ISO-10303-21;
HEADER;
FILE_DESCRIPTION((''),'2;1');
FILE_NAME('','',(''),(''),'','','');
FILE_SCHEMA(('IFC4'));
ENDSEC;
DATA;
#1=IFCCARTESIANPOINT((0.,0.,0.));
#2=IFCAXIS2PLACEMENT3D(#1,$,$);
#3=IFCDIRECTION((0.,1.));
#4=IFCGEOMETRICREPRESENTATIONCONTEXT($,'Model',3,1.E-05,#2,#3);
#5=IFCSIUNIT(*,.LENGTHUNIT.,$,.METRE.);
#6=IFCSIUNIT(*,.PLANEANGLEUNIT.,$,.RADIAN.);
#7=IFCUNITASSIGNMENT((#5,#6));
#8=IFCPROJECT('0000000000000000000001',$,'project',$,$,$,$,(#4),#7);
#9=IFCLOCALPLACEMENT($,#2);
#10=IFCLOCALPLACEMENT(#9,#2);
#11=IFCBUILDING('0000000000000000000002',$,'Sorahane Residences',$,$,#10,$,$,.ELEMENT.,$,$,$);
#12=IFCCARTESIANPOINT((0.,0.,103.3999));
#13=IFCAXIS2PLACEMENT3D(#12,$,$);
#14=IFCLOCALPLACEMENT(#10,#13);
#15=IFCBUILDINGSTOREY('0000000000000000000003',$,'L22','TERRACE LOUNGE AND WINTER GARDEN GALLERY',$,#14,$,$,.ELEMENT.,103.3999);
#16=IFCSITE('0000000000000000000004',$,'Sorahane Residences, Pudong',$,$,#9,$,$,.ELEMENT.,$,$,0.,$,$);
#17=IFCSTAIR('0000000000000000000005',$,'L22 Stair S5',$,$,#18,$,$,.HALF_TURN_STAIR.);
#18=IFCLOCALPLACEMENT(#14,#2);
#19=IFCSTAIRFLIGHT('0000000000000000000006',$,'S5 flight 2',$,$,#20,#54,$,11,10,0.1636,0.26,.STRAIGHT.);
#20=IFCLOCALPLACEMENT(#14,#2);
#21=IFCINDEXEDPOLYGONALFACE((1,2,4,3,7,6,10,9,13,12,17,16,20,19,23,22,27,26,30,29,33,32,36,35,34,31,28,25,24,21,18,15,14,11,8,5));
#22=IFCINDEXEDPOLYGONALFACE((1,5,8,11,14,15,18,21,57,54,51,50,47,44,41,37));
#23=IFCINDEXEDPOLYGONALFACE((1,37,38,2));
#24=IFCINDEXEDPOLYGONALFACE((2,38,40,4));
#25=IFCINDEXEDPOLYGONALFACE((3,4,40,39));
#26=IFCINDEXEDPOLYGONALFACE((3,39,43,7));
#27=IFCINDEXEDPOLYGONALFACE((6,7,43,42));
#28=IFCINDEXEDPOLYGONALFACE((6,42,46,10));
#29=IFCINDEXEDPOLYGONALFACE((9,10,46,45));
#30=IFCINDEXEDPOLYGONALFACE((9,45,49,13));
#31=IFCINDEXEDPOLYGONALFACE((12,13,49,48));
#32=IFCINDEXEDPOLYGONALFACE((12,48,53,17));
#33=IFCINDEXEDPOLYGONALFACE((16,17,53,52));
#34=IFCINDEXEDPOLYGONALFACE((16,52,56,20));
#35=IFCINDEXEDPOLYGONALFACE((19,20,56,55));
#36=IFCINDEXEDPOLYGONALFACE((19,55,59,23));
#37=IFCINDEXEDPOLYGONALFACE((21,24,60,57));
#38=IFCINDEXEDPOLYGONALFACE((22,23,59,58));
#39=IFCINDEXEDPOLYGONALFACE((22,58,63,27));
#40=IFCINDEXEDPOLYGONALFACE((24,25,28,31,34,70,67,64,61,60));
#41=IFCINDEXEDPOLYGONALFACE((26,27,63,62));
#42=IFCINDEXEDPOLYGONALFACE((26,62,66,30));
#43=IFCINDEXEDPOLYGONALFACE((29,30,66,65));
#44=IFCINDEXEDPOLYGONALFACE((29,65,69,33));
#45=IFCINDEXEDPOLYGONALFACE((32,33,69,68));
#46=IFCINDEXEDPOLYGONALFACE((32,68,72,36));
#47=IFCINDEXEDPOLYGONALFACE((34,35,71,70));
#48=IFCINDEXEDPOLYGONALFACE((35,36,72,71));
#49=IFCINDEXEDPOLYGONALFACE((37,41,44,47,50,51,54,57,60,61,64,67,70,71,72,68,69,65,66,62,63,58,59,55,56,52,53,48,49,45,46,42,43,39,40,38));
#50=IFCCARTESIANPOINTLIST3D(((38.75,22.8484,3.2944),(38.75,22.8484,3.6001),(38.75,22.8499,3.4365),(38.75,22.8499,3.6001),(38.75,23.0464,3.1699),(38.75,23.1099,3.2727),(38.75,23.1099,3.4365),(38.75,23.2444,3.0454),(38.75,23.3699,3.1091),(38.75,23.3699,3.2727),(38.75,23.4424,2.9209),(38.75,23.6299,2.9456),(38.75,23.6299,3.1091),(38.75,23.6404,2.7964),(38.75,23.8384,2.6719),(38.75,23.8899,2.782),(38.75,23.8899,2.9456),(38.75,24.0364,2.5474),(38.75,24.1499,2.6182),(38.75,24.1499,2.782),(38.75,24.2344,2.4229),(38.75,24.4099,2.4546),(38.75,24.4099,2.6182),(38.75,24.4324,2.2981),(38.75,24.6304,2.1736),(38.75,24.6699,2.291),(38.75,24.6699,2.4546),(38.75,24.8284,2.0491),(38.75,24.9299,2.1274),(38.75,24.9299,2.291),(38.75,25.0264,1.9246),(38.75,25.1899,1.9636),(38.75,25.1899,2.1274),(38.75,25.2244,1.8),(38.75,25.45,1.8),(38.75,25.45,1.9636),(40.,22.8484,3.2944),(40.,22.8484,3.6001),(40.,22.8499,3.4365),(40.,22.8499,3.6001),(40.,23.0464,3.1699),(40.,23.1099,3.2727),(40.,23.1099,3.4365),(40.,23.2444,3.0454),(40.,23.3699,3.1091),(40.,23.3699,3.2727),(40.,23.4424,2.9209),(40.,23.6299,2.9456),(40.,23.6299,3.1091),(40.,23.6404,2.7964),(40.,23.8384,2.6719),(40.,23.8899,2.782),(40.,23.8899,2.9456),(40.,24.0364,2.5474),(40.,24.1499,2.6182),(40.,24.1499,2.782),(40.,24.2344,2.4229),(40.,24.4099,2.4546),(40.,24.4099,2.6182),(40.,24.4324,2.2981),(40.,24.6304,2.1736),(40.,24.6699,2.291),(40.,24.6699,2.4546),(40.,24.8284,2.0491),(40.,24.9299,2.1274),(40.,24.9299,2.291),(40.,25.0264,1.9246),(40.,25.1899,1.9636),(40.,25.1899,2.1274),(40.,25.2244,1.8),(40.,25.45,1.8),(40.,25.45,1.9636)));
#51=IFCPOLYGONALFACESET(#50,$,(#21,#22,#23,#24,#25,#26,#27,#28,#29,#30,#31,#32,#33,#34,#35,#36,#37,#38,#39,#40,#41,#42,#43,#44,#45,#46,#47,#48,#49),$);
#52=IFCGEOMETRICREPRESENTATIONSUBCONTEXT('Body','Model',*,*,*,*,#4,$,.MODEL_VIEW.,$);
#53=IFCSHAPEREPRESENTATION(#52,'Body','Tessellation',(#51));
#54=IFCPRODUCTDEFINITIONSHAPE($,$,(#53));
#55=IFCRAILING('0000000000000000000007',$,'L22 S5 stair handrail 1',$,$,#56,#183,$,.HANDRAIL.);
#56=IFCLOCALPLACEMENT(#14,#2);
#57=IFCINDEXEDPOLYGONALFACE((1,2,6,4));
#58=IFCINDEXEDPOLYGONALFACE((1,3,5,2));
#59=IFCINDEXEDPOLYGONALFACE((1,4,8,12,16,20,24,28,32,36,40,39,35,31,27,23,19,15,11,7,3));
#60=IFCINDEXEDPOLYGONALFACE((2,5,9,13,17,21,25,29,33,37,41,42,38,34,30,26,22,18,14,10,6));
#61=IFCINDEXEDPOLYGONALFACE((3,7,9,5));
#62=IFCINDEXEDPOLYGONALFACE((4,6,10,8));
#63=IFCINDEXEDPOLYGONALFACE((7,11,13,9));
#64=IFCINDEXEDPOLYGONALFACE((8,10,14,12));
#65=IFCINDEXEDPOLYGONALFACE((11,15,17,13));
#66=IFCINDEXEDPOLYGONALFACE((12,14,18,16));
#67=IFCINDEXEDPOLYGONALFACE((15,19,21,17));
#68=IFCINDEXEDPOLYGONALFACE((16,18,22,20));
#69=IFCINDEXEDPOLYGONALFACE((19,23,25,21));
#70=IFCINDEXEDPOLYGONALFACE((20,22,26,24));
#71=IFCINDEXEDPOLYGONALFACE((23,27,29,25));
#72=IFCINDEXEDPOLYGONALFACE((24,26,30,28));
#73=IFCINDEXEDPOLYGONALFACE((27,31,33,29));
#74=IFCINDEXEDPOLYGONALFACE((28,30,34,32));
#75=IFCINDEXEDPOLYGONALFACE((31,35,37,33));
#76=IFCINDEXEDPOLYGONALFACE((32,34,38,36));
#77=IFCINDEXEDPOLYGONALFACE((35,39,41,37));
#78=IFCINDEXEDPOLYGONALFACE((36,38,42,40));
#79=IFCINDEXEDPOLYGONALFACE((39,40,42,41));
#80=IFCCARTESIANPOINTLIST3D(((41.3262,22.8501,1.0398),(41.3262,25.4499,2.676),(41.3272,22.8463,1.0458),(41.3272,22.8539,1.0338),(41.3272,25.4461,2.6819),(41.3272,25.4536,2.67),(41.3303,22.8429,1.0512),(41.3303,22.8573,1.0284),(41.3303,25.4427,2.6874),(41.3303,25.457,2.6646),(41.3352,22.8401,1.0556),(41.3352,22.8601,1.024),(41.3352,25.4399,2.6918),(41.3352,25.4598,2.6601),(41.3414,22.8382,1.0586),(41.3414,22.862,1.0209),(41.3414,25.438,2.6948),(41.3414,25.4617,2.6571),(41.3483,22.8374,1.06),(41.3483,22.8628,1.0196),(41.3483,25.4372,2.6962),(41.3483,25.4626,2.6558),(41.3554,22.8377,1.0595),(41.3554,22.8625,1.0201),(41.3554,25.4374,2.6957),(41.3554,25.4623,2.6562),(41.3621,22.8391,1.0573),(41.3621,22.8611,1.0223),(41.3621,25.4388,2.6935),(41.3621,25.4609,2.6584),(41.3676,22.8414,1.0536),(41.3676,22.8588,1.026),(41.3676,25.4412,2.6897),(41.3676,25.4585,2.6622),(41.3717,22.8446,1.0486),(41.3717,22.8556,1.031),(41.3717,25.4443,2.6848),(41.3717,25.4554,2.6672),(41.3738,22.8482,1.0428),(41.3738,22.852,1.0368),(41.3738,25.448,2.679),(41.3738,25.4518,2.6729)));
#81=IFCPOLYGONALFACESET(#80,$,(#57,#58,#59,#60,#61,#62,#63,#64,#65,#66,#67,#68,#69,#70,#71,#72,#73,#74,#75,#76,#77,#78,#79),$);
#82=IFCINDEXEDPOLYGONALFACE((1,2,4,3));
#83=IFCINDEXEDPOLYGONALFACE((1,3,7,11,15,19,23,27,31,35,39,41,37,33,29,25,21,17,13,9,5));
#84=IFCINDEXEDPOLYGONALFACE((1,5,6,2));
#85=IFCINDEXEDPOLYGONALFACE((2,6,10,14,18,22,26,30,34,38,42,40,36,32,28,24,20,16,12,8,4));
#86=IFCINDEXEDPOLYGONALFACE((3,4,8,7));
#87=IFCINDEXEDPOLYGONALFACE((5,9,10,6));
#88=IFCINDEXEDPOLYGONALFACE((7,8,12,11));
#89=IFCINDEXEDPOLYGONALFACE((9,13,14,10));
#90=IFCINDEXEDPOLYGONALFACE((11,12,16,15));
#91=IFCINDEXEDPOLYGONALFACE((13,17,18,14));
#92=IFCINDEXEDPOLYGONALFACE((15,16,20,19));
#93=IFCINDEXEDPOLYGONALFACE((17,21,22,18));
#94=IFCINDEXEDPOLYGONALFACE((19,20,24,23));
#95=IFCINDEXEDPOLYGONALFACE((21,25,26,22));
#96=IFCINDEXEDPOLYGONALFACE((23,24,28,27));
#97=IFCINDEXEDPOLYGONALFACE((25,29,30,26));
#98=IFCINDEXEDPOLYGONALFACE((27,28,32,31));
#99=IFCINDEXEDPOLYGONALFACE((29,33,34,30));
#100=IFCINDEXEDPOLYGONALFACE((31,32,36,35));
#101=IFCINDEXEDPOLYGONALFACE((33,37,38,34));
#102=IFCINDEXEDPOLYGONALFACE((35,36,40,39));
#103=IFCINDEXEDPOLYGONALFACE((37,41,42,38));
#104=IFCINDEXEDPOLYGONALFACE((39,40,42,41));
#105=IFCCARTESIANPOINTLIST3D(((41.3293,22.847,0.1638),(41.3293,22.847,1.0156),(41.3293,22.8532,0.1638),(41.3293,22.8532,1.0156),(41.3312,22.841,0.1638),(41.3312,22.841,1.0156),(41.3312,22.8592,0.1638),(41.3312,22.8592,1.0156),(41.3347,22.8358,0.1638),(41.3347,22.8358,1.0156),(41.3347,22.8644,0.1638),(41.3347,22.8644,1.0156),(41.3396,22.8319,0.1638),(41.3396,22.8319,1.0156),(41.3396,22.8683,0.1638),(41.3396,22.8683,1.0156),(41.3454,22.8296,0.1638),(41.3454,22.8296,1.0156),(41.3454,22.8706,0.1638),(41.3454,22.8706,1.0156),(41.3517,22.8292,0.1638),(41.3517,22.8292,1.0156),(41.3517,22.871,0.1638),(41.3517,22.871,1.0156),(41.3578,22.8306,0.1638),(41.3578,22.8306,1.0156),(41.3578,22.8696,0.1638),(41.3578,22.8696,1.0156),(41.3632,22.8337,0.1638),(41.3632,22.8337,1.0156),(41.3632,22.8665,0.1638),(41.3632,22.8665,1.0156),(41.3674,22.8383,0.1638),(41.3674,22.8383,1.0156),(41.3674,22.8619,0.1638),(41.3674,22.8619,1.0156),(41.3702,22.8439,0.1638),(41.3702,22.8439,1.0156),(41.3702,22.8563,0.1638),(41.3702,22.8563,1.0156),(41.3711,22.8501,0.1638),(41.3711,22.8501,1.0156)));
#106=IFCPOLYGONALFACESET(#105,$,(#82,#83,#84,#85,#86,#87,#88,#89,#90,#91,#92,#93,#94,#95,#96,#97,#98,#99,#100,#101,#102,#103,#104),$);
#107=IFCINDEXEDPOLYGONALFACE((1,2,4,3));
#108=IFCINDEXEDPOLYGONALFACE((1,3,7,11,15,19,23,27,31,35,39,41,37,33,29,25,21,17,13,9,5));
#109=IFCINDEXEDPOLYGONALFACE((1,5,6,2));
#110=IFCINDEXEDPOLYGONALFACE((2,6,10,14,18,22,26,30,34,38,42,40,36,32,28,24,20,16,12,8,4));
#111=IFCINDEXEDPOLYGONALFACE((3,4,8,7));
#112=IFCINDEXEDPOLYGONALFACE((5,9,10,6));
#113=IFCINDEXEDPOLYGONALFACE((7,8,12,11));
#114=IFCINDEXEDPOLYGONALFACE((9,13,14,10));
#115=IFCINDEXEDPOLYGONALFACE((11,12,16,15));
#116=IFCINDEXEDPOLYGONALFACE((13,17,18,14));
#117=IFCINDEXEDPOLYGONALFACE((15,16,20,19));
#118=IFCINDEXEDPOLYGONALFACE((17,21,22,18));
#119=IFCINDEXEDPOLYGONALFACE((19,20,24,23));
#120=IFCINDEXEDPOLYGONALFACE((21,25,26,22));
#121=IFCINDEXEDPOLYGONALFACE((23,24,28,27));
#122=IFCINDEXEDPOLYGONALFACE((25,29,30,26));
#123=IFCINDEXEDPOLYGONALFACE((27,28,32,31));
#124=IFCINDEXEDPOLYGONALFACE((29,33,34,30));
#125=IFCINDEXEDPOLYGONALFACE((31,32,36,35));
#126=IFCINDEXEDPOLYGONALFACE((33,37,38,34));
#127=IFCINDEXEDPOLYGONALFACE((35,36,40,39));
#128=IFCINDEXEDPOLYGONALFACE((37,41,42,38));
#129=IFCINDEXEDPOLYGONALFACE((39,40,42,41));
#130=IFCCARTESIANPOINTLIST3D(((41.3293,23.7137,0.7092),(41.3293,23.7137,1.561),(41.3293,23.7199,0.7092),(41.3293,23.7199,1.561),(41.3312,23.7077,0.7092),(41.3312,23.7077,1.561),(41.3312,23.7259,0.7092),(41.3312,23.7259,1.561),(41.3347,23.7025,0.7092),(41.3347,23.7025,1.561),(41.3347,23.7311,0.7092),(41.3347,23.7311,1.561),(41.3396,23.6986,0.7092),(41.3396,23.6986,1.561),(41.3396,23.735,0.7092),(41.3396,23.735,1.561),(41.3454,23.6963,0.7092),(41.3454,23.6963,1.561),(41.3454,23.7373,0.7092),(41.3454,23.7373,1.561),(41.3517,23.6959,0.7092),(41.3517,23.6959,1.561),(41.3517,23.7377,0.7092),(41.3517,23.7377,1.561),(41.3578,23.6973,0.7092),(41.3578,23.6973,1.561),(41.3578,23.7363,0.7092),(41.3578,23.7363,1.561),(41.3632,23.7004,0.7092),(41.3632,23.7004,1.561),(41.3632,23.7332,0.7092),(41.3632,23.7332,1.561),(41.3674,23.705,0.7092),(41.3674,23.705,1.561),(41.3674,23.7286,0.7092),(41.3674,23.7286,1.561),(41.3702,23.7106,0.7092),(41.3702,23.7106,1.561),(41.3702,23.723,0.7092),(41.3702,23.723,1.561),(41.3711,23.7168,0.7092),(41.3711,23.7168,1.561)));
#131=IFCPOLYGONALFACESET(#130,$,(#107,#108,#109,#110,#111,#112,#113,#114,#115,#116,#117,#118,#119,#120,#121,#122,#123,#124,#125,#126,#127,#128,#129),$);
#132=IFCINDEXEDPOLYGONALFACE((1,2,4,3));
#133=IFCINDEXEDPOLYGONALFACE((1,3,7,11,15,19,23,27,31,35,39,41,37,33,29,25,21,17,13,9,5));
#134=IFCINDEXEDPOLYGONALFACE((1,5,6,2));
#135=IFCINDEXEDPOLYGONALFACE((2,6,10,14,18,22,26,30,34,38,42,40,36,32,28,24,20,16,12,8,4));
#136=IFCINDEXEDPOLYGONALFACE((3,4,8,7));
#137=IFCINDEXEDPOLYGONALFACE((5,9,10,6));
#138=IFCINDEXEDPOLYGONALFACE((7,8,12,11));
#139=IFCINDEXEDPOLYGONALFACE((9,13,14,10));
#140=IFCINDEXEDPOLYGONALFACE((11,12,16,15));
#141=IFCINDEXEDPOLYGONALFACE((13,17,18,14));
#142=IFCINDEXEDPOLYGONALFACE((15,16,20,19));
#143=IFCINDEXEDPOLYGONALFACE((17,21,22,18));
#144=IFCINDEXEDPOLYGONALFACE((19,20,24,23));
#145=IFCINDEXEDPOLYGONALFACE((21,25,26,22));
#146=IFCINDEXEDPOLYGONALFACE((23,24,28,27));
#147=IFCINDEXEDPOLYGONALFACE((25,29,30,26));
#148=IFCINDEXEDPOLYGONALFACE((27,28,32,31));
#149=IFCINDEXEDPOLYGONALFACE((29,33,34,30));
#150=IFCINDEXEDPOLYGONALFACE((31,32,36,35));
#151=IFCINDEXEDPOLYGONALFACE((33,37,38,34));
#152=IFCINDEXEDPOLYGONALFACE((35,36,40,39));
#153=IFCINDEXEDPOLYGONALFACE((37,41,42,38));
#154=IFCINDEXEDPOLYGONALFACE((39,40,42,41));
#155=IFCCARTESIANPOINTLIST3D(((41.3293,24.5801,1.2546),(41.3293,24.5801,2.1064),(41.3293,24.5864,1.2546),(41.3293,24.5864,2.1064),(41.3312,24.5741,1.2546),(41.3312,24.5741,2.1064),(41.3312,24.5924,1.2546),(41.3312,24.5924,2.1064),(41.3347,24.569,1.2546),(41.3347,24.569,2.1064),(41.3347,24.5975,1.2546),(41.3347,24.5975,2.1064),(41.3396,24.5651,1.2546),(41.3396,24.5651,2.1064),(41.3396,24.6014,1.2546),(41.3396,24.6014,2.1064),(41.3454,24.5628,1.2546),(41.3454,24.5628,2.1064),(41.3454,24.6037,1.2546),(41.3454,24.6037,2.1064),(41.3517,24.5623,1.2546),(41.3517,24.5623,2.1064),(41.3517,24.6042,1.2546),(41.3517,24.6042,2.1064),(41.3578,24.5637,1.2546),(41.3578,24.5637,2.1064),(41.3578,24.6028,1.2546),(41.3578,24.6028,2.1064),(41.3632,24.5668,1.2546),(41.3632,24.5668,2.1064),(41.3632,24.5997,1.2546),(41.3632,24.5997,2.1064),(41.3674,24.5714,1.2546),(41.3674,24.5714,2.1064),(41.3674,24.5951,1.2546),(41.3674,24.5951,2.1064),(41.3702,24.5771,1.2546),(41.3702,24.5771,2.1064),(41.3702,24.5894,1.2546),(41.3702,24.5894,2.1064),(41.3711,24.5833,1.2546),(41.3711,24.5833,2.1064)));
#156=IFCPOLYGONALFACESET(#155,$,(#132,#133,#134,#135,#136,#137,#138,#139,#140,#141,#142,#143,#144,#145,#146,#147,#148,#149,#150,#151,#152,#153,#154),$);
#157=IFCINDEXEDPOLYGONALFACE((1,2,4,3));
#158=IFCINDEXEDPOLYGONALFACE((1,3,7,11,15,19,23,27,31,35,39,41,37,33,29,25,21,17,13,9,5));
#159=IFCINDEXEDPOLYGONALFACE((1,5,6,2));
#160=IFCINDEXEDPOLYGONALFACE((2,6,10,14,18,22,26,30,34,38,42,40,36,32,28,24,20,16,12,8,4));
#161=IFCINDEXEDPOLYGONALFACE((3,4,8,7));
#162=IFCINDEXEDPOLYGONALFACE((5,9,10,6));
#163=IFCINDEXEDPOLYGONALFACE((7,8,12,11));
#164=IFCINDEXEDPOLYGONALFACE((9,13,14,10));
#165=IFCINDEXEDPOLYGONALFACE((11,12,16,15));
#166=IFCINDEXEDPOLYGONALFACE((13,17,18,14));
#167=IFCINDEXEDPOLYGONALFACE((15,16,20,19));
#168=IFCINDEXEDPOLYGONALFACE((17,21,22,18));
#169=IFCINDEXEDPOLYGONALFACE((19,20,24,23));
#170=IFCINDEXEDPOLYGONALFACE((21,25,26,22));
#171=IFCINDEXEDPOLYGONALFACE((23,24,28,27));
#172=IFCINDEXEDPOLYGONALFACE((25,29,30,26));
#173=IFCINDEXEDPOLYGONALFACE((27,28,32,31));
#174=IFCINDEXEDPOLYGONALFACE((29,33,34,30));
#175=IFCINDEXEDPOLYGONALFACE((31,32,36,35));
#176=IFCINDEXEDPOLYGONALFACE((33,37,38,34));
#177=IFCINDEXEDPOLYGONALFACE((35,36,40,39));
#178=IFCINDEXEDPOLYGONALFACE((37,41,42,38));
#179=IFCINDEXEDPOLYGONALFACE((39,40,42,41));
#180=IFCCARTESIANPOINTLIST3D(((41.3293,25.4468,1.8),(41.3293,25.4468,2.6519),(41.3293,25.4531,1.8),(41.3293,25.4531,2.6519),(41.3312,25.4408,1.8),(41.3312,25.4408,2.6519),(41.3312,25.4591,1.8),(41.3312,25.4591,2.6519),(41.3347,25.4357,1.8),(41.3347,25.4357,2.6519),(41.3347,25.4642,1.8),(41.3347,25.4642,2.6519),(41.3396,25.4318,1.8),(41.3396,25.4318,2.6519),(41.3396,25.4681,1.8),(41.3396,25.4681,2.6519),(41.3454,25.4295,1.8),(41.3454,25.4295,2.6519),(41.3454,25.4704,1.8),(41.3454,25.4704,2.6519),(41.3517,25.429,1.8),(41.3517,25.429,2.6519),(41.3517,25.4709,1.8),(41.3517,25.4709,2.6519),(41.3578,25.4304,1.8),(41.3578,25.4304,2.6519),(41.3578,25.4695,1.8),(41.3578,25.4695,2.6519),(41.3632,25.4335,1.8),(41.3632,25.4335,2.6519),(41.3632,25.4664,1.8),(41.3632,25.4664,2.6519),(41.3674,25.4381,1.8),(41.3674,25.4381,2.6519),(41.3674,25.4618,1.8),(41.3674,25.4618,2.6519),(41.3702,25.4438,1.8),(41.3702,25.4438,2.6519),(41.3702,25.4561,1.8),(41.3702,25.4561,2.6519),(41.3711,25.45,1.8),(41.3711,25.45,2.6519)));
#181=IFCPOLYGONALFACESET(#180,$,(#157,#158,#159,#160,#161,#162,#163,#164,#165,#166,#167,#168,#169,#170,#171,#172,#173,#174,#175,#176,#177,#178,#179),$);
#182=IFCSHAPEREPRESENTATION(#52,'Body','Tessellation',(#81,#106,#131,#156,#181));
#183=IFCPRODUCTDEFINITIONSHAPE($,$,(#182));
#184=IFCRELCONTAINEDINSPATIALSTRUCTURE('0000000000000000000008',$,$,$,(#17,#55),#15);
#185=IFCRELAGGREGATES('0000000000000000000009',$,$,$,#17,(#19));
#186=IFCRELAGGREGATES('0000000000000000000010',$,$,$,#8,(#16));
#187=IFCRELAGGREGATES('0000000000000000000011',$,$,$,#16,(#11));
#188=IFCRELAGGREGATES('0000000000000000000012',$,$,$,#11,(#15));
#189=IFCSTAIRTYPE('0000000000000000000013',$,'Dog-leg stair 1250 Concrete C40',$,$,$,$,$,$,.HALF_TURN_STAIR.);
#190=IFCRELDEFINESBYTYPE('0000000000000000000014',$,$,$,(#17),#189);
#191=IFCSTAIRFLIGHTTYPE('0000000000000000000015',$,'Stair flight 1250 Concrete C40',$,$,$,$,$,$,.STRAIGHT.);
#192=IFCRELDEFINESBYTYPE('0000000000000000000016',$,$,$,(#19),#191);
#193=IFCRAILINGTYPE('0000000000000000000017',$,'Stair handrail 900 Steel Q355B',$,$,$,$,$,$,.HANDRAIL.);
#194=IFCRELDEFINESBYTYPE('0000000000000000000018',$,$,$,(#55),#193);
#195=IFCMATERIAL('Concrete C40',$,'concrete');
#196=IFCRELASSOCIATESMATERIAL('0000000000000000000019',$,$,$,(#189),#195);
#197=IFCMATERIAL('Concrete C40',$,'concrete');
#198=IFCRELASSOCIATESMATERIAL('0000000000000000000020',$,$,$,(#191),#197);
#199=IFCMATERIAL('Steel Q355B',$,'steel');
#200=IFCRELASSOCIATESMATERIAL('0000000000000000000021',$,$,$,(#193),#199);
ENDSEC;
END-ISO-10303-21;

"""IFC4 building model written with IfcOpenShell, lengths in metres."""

from ifc_helpers import new_model, si_unit, direction, frame, origin, origin_2d, place, context, subcontext, project, spatial, polyline, circle, outline, extrude, material, type_object, element, aggregate, save


model = new_model("IFC4")

# Units and contexts
model_context = context("Model", 3, precision=1e-05, world=origin(), true_north=direction((0.0, 1.0)))
body_context = subcontext(model_context, "Body", "Model", "MODEL_VIEW")
ifc_project = project(units=[si_unit("LENGTHUNIT", "METRE"), si_unit("PLANEANGLEUNIT", "RADIAN")], contexts=[model_context])

# Site, building, storey
site_placement = place(None, origin())
site = spatial("IfcSite", under=ifc_project, at=site_placement, Name="Sorahane Residences, Pudong", CompositionType="ELEMENT", RefElevation=0.0)
building_placement = place(site_placement, origin())
building = spatial("IfcBuilding", under=site, at=building_placement, Name="Sorahane Residences", CompositionType="ELEMENT")
storey_placement = place(building_placement, frame((0.0, 0.0, 103.3999)))
storey = spatial("IfcBuildingStorey", under=building, at=storey_placement, Name="L22", Description="TERRACE LOUNGE AND WINTER GARDEN GALLERY", CompositionType="ELEMENT", Elevation=103.3999)

# Stair, stair flight
ifc_material_1 = material(Name="Concrete C40", Category="concrete")
stair_type = type_object("IfcStairType", Name="Dog-leg stair 1250 Concrete C40", PredefinedType="HALF_TURN_STAIR", material=ifc_material_1)
stair_placement = place(storey_placement, origin())
stair = element("IfcStair", 1, at=stair_placement, inside=storey, type_object=stair_type, Name="L22 Stair S5", PredefinedType="HALF_TURN_STAIR")
ifc_material_2 = material(Name="Concrete C40", Category="concrete")
stair_flight_type = type_object("IfcStairFlightType", Name="Stair flight 1250 Concrete C40", PredefinedType="STRAIGHT", material=ifc_material_2)
stair_flight_1_placement = place(storey_placement, frame((39.375, 25.45, 1.8), z_axis=(0.0, 0.0, 1.0), x_axis=(0.0, -1.0, 0.0)))
stair_flight_1 = element("IfcStairFlight", 2, at=stair_flight_1_placement, type_object=stair_flight_type, Name="S5 flight 2", NumberOfRisers=11, NumberOfTreads=10, PredefinedType="STRAIGHT", RiserHeight=0.1636, TreadLength=0.26, context=body_context, shape_type="SweptSolid", body=[
    extrude(outline(polyline([(0.0, 0.0), (0.0, 0.1636), (0.26, 0.1636), (0.26, 0.3274), (0.52, 0.3274), (0.52, 0.491), (0.78, 0.491), (0.78, 0.6545), (1.04, 0.6545), (1.04, 0.8181), (1.3, 0.8181), (1.3, 0.9819), (1.5601, 0.9819), (1.5601, 1.1455), (1.8201, 1.1455), (1.8201, 1.3091), (2.0801, 1.3091), (2.0801, 1.4727), (2.3401, 1.4727), (2.3401, 1.6365), (2.6001, 1.6365), (2.6001, 1.8), (2.6016, 1.8), (2.6016, 1.4944), (2.4036, 1.3699), (2.2056, 1.2454), (2.0076, 1.1208), (1.8096, 0.9963), (1.6116, 0.8718), (1.4136, 0.7473), (1.2156, 0.6228), (1.0176, 0.498), (0.8196, 0.3735), (0.6216, 0.249), (0.4236, 0.1245), (0.2256, 0.0), (0.0, 0.0)])), frame((0.0, 0.625, 0.0), z_axis=(0.0, -1.0, 0.0), x_axis=(1.0, 0.0, 0.0)), (0.0, 0.0, 1.0), 1.25),
])
aggregate(stair, [stair_flight_1])

# Railing
ifc_material_3 = material(Name="Steel Q355B", Category="steel")
railing_type_1 = type_object("IfcRailingType", Name="Stair handrail 900 Steel Q355B", PredefinedType="HANDRAIL", material=ifc_material_3)
railing_1_placement = place(storey_placement, frame((41.3501, 22.8501, 0.1638)))
element("IfcRailing", 3, at=railing_1_placement, inside=storey, type_object=railing_type_1, Name="L22 S5 stair handrail 1", PredefinedType="HANDRAIL", context=body_context, shape_type="SweptSolid", body=[
    extrude(circle(Radius=0.0239, at=origin_2d()), frame((0.0, 0.0, 0.876), z_axis=(0.0, 0.846338, 0.532647), x_axis=(-1.0, 0.0, 0.0)), (0.0, 0.0, 1.0), 3.0718),
    extrude(circle(Radius=0.021, at=origin_2d()), origin(), (0.0, 0.0, 1.0), 0.8518),
    extrude(circle(Radius=0.021, at=origin_2d()), frame((0.0, 0.8667, 0.5454)), (0.0, 0.0, 1.0), 0.8518),
    extrude(circle(Radius=0.021, at=origin_2d()), frame((0.0, 1.7332, 1.0908)), (0.0, 0.0, 1.0), 0.8518),
    extrude(circle(Radius=0.021, at=origin_2d()), frame((0.0, 2.5999, 1.6362)), (0.0, 0.0, 1.0), 0.8518),
])

save(model, "model.ifc")
